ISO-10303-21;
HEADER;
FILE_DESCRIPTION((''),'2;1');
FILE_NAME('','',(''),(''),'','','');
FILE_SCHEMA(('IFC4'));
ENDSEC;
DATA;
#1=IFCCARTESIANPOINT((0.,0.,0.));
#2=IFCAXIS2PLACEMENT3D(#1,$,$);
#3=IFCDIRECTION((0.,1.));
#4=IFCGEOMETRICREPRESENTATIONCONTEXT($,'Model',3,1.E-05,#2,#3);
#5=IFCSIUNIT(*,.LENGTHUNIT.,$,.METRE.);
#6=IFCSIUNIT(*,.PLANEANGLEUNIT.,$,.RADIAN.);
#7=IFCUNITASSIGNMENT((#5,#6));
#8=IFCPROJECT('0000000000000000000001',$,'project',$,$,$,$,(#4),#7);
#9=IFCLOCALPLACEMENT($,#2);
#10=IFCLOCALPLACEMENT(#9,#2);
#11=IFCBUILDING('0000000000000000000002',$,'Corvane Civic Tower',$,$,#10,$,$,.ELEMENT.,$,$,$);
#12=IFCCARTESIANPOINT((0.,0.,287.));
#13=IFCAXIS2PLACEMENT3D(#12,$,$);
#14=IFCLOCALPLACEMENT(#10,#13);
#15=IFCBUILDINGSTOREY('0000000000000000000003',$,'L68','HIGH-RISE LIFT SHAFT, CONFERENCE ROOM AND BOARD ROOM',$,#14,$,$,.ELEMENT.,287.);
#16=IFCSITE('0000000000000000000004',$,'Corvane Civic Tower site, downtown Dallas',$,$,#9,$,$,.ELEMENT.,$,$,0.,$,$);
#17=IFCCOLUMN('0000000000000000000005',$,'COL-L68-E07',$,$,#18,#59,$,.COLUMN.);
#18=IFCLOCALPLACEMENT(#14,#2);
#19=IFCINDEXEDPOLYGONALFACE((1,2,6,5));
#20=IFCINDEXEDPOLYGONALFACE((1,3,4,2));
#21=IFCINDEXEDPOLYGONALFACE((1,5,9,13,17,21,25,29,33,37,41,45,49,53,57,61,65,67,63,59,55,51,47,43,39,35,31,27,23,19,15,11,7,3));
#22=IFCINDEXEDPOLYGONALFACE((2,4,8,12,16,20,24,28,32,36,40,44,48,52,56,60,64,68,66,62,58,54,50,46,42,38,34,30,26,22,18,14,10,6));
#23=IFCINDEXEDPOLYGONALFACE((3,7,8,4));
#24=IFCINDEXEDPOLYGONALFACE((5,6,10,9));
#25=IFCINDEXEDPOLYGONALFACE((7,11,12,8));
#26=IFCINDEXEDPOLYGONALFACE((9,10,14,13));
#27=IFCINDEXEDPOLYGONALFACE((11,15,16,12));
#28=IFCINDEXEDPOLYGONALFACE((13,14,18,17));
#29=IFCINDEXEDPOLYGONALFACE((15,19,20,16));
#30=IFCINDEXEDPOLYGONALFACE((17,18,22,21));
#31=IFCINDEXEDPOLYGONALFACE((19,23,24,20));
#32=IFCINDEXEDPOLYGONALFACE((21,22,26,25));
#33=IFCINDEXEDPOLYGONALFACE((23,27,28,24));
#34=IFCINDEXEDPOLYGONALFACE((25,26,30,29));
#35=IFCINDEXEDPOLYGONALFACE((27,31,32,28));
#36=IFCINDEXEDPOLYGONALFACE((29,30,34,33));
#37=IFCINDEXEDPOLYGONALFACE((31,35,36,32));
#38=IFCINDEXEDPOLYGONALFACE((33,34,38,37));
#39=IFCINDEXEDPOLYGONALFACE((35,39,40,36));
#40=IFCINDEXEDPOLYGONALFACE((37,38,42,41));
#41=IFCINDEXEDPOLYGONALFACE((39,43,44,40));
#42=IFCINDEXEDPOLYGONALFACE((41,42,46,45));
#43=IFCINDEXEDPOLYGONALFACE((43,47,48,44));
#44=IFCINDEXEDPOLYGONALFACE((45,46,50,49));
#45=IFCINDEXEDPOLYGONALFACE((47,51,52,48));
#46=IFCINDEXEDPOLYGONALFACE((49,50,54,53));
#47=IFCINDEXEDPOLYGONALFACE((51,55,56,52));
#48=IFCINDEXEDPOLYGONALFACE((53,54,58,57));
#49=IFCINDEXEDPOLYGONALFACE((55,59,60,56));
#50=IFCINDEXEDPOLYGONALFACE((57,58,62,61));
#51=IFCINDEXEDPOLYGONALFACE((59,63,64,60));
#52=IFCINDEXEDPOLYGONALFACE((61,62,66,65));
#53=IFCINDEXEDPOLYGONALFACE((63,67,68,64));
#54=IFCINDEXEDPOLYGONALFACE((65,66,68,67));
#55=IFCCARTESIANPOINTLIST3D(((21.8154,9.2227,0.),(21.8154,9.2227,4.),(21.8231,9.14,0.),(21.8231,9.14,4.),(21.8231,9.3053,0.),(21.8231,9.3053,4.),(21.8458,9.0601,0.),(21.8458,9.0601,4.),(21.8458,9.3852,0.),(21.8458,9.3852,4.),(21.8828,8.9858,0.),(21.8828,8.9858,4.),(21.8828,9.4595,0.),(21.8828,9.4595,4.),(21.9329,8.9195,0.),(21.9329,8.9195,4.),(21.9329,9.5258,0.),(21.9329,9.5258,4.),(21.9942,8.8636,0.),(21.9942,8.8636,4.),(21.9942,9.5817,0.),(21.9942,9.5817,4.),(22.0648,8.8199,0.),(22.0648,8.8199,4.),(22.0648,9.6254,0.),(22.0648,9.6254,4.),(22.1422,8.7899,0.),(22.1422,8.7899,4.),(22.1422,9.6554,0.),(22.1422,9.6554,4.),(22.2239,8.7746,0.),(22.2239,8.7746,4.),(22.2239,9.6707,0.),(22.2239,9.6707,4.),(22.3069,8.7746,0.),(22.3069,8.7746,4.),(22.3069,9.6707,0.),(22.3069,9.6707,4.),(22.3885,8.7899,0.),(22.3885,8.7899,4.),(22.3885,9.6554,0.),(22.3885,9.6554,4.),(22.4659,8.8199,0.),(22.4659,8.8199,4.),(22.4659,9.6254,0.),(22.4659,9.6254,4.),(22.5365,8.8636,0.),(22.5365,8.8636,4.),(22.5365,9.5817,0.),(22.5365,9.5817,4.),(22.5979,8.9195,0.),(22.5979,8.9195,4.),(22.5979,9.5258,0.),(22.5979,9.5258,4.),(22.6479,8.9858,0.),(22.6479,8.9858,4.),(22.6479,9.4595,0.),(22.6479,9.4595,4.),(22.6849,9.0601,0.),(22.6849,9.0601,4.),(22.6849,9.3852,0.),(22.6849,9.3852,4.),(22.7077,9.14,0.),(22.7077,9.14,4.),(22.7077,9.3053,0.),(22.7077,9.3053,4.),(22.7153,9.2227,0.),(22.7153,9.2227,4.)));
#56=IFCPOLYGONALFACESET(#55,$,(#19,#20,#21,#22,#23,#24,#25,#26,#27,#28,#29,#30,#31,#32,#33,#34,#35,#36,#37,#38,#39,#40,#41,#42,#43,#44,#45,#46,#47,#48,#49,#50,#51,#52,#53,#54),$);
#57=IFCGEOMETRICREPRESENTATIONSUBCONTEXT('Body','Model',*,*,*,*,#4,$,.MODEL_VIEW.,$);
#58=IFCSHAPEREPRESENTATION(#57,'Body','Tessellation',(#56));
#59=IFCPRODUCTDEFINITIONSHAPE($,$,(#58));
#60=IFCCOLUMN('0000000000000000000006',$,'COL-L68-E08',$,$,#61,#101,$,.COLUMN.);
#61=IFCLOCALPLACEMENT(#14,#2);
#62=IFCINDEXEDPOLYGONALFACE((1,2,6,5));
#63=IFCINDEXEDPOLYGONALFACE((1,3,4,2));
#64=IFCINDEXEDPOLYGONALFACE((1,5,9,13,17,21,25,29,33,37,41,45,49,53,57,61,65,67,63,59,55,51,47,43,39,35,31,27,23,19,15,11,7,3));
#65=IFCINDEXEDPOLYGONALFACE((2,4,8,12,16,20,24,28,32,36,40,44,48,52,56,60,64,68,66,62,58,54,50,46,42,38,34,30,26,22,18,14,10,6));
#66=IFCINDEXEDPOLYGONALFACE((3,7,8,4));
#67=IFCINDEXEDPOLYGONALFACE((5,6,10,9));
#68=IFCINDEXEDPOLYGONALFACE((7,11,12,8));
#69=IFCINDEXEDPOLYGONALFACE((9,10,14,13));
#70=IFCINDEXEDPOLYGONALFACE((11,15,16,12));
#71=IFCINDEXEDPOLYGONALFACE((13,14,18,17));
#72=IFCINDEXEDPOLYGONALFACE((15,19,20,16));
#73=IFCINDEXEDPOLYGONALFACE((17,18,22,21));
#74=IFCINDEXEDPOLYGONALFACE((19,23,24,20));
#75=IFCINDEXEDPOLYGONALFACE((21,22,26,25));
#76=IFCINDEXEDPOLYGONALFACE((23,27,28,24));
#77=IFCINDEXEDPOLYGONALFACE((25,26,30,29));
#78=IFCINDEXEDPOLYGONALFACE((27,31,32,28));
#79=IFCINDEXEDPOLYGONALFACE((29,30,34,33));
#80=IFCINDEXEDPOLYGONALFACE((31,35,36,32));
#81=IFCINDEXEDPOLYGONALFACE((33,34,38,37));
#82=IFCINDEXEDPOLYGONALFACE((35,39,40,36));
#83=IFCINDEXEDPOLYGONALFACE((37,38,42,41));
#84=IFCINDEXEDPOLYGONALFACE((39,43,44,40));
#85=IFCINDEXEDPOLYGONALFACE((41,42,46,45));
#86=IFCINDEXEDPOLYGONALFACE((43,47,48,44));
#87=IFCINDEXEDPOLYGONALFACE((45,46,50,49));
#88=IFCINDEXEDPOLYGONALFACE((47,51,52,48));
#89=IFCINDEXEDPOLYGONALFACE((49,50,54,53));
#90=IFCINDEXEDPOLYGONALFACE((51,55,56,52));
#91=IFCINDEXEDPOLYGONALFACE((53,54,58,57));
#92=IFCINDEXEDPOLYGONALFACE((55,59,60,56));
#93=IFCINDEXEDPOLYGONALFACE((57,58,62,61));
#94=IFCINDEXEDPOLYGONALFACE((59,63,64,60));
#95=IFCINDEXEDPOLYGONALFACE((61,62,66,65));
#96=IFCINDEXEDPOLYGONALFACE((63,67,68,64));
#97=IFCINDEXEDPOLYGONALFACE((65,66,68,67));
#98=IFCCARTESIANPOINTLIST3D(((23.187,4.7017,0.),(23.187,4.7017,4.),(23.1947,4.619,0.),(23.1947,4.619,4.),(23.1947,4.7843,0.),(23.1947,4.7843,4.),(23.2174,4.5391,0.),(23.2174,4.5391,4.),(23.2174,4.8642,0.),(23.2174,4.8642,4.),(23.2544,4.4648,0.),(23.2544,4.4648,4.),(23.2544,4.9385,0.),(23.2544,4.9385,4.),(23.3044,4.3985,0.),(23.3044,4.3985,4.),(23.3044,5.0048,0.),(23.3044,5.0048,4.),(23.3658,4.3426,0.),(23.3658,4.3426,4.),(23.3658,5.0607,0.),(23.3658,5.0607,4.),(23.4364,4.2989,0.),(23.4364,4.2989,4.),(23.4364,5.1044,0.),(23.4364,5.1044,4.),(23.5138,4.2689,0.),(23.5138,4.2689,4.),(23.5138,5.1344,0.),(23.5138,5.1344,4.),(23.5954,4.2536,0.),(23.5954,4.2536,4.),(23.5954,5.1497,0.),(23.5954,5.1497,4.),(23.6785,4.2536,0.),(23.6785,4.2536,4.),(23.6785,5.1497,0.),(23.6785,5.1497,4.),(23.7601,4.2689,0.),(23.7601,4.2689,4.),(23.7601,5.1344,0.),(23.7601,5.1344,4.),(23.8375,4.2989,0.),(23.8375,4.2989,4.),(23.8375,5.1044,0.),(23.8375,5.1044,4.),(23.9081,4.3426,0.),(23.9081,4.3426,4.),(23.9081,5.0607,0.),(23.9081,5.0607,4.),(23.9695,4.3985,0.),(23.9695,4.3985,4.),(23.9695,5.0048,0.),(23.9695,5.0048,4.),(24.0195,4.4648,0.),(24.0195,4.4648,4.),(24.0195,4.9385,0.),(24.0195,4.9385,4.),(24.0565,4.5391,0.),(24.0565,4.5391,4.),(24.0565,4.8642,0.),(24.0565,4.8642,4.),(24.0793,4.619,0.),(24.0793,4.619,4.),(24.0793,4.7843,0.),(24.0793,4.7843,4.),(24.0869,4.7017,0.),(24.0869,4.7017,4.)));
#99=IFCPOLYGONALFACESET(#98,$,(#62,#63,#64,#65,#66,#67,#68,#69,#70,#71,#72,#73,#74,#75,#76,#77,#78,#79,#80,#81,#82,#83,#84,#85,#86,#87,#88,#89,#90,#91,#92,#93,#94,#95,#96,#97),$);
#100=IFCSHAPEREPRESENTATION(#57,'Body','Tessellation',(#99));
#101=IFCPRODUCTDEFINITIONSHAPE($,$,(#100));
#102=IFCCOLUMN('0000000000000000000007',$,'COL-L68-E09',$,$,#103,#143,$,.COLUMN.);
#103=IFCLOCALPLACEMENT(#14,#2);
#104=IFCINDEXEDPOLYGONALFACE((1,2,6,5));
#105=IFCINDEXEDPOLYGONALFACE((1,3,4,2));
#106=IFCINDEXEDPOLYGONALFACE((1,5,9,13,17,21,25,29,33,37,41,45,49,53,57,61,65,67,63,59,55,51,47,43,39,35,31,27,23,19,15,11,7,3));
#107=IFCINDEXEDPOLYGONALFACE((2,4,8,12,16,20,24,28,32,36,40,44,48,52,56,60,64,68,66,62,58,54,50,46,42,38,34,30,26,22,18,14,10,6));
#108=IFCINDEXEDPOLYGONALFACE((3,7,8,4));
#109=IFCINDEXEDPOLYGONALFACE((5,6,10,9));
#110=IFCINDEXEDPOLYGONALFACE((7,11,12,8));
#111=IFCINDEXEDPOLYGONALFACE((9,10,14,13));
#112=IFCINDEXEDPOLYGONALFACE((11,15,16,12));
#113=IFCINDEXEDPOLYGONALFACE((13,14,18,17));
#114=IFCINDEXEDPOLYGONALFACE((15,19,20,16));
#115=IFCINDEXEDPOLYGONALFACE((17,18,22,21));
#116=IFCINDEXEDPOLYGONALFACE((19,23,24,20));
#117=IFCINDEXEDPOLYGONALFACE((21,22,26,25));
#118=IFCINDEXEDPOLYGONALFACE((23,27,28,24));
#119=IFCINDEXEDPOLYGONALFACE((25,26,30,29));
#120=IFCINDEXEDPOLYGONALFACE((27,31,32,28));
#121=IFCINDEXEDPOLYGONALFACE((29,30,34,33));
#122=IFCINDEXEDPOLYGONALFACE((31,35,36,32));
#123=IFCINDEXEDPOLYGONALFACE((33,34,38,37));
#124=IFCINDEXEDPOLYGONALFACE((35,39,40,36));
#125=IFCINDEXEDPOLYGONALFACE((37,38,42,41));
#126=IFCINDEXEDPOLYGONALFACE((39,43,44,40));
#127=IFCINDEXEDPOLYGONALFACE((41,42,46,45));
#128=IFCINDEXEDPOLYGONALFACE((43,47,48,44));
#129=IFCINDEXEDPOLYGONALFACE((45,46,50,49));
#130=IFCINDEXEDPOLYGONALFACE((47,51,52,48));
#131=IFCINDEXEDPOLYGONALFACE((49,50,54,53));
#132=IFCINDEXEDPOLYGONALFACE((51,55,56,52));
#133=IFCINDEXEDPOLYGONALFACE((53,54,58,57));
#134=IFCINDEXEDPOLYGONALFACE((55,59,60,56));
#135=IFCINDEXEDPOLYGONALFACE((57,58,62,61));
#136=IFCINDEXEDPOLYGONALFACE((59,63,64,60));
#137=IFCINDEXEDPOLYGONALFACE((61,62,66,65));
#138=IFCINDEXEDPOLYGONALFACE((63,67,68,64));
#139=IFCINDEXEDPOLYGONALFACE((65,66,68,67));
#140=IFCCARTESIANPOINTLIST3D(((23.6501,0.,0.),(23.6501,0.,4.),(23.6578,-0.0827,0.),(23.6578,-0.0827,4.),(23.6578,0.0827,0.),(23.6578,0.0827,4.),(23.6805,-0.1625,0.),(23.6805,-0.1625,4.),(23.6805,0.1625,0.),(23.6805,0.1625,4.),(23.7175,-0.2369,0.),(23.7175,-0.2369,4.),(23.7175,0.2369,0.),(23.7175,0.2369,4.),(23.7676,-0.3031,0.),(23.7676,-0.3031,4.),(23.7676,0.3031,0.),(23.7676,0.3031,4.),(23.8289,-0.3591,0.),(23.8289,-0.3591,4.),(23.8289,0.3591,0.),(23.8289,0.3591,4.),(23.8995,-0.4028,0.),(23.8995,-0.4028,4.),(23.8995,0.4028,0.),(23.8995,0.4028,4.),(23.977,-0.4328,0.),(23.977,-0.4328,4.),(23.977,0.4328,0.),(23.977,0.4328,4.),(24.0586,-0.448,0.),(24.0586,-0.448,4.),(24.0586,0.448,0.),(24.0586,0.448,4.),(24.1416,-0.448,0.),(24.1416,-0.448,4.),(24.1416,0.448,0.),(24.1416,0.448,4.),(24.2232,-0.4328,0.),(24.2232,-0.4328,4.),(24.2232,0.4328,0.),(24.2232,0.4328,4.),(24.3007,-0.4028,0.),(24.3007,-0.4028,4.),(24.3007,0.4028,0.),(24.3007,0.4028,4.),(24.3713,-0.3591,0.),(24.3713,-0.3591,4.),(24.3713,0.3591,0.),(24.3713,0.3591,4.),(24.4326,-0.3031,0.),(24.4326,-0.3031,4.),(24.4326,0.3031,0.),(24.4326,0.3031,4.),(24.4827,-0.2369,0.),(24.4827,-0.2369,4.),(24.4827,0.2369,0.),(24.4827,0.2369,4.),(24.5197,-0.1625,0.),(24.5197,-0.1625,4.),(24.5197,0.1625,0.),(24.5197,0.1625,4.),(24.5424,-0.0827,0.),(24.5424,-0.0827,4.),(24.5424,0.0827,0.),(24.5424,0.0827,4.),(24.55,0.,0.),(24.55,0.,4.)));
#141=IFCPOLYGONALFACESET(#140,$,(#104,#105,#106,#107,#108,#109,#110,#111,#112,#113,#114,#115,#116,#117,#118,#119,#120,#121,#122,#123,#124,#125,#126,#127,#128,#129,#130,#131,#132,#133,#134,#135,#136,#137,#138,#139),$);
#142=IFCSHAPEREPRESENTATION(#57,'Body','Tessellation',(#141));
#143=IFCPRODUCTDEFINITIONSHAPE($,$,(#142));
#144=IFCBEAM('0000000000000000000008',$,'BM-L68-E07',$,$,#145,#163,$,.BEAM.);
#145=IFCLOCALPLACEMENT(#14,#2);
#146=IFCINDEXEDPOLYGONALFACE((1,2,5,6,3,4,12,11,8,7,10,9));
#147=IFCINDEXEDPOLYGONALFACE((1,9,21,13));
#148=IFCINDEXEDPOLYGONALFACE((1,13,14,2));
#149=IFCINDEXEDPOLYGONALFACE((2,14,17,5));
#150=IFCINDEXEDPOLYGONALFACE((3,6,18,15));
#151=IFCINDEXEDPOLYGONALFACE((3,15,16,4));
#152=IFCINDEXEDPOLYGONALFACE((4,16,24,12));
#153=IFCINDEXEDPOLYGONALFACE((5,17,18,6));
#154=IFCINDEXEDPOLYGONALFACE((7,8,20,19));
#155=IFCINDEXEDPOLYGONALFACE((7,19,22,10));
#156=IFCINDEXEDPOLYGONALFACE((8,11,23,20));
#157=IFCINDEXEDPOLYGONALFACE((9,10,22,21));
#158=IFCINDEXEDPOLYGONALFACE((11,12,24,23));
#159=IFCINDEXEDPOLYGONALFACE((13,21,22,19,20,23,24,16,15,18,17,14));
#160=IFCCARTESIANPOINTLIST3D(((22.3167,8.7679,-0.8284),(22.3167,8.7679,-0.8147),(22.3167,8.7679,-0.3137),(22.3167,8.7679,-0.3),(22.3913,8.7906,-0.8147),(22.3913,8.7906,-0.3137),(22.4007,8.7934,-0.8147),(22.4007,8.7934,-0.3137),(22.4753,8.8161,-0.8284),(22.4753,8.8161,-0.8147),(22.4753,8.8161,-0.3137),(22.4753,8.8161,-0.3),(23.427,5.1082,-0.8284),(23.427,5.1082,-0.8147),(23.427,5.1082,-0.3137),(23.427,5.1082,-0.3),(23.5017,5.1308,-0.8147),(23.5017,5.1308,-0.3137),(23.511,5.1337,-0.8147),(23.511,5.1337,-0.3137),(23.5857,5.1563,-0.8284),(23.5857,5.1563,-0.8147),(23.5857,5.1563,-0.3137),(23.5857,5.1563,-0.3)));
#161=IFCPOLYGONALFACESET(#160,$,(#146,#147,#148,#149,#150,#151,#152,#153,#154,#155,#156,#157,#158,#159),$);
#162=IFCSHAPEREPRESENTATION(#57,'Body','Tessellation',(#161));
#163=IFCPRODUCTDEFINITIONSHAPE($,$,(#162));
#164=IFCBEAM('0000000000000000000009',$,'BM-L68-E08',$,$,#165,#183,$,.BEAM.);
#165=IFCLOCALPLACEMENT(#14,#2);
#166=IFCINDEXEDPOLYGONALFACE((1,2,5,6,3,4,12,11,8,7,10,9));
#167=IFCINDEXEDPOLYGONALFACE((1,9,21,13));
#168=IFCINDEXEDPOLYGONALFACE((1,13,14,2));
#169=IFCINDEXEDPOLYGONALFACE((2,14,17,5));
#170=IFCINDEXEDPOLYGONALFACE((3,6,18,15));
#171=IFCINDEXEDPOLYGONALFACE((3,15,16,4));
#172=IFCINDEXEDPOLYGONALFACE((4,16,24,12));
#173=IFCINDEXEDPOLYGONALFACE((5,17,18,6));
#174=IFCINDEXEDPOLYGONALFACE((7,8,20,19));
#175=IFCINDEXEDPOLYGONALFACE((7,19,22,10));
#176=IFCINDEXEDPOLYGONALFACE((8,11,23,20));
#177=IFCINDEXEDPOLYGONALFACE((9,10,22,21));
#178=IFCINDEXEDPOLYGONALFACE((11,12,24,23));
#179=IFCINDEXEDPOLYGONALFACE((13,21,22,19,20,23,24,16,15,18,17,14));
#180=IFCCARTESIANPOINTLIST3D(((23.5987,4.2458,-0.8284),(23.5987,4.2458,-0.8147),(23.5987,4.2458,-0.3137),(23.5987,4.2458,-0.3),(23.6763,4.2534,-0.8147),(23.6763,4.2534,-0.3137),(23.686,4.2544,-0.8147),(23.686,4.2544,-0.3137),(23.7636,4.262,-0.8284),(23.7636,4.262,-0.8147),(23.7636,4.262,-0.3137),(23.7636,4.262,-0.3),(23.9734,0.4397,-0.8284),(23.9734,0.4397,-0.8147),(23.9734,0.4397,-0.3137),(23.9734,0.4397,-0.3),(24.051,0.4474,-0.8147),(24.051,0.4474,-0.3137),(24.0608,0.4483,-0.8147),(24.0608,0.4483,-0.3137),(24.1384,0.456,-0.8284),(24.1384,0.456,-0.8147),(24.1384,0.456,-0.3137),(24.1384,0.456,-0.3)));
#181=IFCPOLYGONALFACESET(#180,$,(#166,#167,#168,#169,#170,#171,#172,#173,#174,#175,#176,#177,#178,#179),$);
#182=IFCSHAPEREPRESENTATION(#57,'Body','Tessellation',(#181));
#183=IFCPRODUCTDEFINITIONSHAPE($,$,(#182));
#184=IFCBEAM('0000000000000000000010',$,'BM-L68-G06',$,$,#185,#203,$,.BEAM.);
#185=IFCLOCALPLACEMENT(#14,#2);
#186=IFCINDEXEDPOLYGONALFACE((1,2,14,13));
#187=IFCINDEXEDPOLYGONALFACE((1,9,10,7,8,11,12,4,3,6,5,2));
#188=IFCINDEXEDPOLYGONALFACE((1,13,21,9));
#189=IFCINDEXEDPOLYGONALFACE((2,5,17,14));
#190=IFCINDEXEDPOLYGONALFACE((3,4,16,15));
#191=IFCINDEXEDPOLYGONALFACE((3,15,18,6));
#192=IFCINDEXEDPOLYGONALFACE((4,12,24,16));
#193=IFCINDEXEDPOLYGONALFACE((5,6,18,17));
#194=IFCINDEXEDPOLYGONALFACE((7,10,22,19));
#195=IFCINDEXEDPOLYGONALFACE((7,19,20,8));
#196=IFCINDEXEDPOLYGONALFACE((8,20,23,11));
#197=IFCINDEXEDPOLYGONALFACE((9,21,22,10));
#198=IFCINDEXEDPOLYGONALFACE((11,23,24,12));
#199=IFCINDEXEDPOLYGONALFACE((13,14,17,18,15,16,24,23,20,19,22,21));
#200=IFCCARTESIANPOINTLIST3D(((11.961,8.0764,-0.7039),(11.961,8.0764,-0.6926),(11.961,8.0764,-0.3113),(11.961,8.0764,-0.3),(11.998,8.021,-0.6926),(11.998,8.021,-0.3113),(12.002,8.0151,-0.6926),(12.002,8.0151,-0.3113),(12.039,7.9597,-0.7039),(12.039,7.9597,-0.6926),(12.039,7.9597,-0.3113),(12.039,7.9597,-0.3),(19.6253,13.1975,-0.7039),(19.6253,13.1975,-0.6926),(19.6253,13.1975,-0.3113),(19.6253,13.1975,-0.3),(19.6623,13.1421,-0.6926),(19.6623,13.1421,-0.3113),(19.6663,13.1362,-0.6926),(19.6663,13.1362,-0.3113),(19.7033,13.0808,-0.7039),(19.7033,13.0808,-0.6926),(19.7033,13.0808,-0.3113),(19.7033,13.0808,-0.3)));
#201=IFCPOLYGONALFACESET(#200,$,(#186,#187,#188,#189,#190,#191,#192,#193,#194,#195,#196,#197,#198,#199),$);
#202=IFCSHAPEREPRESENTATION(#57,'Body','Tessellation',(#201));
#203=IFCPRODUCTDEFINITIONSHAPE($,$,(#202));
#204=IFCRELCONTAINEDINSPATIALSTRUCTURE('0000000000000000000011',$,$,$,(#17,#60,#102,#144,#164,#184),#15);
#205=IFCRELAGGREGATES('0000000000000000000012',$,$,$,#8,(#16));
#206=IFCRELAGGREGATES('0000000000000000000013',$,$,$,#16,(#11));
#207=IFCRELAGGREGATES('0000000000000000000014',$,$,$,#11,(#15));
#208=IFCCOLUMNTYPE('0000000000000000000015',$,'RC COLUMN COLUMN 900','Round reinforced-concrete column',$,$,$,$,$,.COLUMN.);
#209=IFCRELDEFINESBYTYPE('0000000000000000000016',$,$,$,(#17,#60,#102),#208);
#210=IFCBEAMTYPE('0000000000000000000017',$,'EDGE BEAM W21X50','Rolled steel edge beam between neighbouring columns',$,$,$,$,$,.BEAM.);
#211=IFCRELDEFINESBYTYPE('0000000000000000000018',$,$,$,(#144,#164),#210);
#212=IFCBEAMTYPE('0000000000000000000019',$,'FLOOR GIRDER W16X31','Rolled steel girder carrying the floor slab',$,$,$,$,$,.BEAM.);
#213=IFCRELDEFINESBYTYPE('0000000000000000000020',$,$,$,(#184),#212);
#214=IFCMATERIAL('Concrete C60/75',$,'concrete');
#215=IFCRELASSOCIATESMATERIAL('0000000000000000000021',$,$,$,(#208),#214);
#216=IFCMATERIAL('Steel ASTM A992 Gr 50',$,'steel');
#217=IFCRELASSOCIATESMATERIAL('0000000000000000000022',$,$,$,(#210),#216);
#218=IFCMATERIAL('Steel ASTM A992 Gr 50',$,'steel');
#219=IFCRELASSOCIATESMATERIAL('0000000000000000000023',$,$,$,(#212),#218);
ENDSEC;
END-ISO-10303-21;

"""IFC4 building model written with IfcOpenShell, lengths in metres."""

from ifc_helpers import new_model, si_unit, direction, frame, origin, origin_2d, place, context, subcontext, project, spatial, circle, i_section, extrude, material, material_profile, profile_set, type_object, element, save


model = new_model("IFC4")

# Units and contexts
model_context = context("Model", 3, precision=1e-05, world=origin(), true_north=direction((0.0, 1.0)))
body_context = subcontext(model_context, "Body", "Model", "MODEL_VIEW")
ifc_project = project(units=[si_unit("LENGTHUNIT", "METRE"), si_unit("PLANEANGLEUNIT", "RADIAN")], contexts=[model_context])

# Site, building, storey
site_placement = place(None, origin())
site = spatial("IfcSite", under=ifc_project, at=site_placement, Name="Corvane Civic Tower site, downtown Dallas", CompositionType="ELEMENT", RefElevation=0.0)
building_placement = place(site_placement, origin())
building = spatial("IfcBuilding", under=site, at=building_placement, Name="Corvane Civic Tower", CompositionType="ELEMENT")
storey_placement = place(building_placement, frame((0.0, 0.0, 287.0)))
storey = spatial("IfcBuildingStorey", under=building, at=storey_placement, Name="L68", Description="HIGH-RISE LIFT SHAFT, CONFERENCE ROOM AND BOARD ROOM", CompositionType="ELEMENT", Elevation=287.0)

# Columns
ifc_material_1 = material(Name="Concrete C60/75", Category="concrete")
ifc_material_profile_1 = material_profile(ifc_material_1, circle(Radius=0.45, at=origin_2d()), Name="COLUMN 900")
ifc_profile_set_1 = profile_set([ifc_material_profile_1], Name="Concrete C60/75")
column_type = type_object("IfcColumnType", Name="RC COLUMN COLUMN 900", Description="Round reinforced-concrete column", PredefinedType="COLUMN", material=ifc_profile_set_1)
for number, where, z_axis, x_axis, name in (
    (1, (22.2654, 9.2227, 0.0), (0.0, 0.0, 1.0), (1.0, 0.0, 0.0), "COL-L68-E07"),
    (2, (23.637, 4.7017, 0.0), (0.0, 0.0, 1.0), (1.0, 0.0, 0.0), "COL-L68-E08"),
    (3, (24.1001, 0.0, 0.0), (0.0, 0.0, 1.0), (1.0, 0.0, 0.0), "COL-L68-E09"),
):
    element("IfcColumn", number, at=place(storey_placement, frame(where, z_axis=z_axis, x_axis=x_axis)), inside=storey, type_object=column_type, Name=name, PredefinedType="COLUMN", context=body_context, shape_type="SweptSolid", body=[
        extrude(circle(Radius=0.45, at=origin_2d()), origin(), (0.0, 0.0, 1.0), 4.0),
    ])

# Beams
ifc_material_2 = material(Name="Steel ASTM A992 Gr 50", Category="steel")
ifc_material_profile_2 = material_profile(ifc_material_2, i_section(OverallWidth=0.1658, OverallDepth=0.5283, WebThickness=0.0098, FlangeThickness=0.0137, at=origin_2d()), Name="W21X50")
ifc_profile_set_2 = profile_set([ifc_material_profile_2], Name="Steel ASTM A992 Gr 50")
beam_type_1 = type_object("IfcBeamType", Name="EDGE BEAM W21X50", Description="Rolled steel edge beam between neighbouring columns", PredefinedType="BEAM", material=ifc_profile_set_2)
for number, where, z_axis, x_axis, name in (
    (4, (22.396, 8.792, -0.5642), (0.290333, -0.956926, 0.0), (0.956926, 0.290333, 0.0), "BM-L68-E07"),
    (5, (23.6812, 4.2539, -0.5642), (0.097987, -0.995188, 0.0), (0.995188, 0.097987, 0.0), "BM-L68-E08"),
):
    element("IfcBeam", number, at=place(storey_placement, frame(where, z_axis=z_axis, x_axis=x_axis)), inside=storey, type_object=beam_type_1, Name=name, PredefinedType="BEAM", context=body_context, shape_type="SweptSolid", body=[
        extrude(i_section(OverallWidth=0.1658, OverallDepth=0.5283, WebThickness=0.0098, FlangeThickness=0.0137, at=origin_2d()), origin(), (0.0, 0.0, 1.0), 3.8245),
    ])
ifc_material_3 = material(Name="Steel ASTM A992 Gr 50", Category="steel")
ifc_material_profile_3 = material_profile(ifc_material_3, i_section(OverallWidth=0.1404, OverallDepth=0.4038, WebThickness=0.0071, FlangeThickness=0.0112, at=origin_2d()), Name="W16X31")
ifc_profile_set_3 = profile_set([ifc_material_profile_3], Name="Steel ASTM A992 Gr 50")
beam_type_2 = type_object("IfcBeamType", Name="FLOOR GIRDER W16X31", Description="Rolled steel girder carrying the floor slab", PredefinedType="BEAM", material=ifc_profile_set_3)
beam_1_placement = place(storey_placement, frame((12.0, 8.0181, -0.502), z_axis=(0.831471, 0.555568, 0.0), x_axis=(-0.555568, 0.831471, 0.0)))
element("IfcBeam", 6, at=beam_1_placement, inside=storey, type_object=beam_type_2, Name="BM-L68-G06", PredefinedType="BEAM", context=body_context, shape_type="SweptSolid", body=[
    extrude(i_section(OverallWidth=0.1404, OverallDepth=0.4038, WebThickness=0.0071, FlangeThickness=0.0112, at=origin_2d()), origin(), (0.0, 0.0, 1.0), 9.2178),
])

save(model, "model.ifc")
